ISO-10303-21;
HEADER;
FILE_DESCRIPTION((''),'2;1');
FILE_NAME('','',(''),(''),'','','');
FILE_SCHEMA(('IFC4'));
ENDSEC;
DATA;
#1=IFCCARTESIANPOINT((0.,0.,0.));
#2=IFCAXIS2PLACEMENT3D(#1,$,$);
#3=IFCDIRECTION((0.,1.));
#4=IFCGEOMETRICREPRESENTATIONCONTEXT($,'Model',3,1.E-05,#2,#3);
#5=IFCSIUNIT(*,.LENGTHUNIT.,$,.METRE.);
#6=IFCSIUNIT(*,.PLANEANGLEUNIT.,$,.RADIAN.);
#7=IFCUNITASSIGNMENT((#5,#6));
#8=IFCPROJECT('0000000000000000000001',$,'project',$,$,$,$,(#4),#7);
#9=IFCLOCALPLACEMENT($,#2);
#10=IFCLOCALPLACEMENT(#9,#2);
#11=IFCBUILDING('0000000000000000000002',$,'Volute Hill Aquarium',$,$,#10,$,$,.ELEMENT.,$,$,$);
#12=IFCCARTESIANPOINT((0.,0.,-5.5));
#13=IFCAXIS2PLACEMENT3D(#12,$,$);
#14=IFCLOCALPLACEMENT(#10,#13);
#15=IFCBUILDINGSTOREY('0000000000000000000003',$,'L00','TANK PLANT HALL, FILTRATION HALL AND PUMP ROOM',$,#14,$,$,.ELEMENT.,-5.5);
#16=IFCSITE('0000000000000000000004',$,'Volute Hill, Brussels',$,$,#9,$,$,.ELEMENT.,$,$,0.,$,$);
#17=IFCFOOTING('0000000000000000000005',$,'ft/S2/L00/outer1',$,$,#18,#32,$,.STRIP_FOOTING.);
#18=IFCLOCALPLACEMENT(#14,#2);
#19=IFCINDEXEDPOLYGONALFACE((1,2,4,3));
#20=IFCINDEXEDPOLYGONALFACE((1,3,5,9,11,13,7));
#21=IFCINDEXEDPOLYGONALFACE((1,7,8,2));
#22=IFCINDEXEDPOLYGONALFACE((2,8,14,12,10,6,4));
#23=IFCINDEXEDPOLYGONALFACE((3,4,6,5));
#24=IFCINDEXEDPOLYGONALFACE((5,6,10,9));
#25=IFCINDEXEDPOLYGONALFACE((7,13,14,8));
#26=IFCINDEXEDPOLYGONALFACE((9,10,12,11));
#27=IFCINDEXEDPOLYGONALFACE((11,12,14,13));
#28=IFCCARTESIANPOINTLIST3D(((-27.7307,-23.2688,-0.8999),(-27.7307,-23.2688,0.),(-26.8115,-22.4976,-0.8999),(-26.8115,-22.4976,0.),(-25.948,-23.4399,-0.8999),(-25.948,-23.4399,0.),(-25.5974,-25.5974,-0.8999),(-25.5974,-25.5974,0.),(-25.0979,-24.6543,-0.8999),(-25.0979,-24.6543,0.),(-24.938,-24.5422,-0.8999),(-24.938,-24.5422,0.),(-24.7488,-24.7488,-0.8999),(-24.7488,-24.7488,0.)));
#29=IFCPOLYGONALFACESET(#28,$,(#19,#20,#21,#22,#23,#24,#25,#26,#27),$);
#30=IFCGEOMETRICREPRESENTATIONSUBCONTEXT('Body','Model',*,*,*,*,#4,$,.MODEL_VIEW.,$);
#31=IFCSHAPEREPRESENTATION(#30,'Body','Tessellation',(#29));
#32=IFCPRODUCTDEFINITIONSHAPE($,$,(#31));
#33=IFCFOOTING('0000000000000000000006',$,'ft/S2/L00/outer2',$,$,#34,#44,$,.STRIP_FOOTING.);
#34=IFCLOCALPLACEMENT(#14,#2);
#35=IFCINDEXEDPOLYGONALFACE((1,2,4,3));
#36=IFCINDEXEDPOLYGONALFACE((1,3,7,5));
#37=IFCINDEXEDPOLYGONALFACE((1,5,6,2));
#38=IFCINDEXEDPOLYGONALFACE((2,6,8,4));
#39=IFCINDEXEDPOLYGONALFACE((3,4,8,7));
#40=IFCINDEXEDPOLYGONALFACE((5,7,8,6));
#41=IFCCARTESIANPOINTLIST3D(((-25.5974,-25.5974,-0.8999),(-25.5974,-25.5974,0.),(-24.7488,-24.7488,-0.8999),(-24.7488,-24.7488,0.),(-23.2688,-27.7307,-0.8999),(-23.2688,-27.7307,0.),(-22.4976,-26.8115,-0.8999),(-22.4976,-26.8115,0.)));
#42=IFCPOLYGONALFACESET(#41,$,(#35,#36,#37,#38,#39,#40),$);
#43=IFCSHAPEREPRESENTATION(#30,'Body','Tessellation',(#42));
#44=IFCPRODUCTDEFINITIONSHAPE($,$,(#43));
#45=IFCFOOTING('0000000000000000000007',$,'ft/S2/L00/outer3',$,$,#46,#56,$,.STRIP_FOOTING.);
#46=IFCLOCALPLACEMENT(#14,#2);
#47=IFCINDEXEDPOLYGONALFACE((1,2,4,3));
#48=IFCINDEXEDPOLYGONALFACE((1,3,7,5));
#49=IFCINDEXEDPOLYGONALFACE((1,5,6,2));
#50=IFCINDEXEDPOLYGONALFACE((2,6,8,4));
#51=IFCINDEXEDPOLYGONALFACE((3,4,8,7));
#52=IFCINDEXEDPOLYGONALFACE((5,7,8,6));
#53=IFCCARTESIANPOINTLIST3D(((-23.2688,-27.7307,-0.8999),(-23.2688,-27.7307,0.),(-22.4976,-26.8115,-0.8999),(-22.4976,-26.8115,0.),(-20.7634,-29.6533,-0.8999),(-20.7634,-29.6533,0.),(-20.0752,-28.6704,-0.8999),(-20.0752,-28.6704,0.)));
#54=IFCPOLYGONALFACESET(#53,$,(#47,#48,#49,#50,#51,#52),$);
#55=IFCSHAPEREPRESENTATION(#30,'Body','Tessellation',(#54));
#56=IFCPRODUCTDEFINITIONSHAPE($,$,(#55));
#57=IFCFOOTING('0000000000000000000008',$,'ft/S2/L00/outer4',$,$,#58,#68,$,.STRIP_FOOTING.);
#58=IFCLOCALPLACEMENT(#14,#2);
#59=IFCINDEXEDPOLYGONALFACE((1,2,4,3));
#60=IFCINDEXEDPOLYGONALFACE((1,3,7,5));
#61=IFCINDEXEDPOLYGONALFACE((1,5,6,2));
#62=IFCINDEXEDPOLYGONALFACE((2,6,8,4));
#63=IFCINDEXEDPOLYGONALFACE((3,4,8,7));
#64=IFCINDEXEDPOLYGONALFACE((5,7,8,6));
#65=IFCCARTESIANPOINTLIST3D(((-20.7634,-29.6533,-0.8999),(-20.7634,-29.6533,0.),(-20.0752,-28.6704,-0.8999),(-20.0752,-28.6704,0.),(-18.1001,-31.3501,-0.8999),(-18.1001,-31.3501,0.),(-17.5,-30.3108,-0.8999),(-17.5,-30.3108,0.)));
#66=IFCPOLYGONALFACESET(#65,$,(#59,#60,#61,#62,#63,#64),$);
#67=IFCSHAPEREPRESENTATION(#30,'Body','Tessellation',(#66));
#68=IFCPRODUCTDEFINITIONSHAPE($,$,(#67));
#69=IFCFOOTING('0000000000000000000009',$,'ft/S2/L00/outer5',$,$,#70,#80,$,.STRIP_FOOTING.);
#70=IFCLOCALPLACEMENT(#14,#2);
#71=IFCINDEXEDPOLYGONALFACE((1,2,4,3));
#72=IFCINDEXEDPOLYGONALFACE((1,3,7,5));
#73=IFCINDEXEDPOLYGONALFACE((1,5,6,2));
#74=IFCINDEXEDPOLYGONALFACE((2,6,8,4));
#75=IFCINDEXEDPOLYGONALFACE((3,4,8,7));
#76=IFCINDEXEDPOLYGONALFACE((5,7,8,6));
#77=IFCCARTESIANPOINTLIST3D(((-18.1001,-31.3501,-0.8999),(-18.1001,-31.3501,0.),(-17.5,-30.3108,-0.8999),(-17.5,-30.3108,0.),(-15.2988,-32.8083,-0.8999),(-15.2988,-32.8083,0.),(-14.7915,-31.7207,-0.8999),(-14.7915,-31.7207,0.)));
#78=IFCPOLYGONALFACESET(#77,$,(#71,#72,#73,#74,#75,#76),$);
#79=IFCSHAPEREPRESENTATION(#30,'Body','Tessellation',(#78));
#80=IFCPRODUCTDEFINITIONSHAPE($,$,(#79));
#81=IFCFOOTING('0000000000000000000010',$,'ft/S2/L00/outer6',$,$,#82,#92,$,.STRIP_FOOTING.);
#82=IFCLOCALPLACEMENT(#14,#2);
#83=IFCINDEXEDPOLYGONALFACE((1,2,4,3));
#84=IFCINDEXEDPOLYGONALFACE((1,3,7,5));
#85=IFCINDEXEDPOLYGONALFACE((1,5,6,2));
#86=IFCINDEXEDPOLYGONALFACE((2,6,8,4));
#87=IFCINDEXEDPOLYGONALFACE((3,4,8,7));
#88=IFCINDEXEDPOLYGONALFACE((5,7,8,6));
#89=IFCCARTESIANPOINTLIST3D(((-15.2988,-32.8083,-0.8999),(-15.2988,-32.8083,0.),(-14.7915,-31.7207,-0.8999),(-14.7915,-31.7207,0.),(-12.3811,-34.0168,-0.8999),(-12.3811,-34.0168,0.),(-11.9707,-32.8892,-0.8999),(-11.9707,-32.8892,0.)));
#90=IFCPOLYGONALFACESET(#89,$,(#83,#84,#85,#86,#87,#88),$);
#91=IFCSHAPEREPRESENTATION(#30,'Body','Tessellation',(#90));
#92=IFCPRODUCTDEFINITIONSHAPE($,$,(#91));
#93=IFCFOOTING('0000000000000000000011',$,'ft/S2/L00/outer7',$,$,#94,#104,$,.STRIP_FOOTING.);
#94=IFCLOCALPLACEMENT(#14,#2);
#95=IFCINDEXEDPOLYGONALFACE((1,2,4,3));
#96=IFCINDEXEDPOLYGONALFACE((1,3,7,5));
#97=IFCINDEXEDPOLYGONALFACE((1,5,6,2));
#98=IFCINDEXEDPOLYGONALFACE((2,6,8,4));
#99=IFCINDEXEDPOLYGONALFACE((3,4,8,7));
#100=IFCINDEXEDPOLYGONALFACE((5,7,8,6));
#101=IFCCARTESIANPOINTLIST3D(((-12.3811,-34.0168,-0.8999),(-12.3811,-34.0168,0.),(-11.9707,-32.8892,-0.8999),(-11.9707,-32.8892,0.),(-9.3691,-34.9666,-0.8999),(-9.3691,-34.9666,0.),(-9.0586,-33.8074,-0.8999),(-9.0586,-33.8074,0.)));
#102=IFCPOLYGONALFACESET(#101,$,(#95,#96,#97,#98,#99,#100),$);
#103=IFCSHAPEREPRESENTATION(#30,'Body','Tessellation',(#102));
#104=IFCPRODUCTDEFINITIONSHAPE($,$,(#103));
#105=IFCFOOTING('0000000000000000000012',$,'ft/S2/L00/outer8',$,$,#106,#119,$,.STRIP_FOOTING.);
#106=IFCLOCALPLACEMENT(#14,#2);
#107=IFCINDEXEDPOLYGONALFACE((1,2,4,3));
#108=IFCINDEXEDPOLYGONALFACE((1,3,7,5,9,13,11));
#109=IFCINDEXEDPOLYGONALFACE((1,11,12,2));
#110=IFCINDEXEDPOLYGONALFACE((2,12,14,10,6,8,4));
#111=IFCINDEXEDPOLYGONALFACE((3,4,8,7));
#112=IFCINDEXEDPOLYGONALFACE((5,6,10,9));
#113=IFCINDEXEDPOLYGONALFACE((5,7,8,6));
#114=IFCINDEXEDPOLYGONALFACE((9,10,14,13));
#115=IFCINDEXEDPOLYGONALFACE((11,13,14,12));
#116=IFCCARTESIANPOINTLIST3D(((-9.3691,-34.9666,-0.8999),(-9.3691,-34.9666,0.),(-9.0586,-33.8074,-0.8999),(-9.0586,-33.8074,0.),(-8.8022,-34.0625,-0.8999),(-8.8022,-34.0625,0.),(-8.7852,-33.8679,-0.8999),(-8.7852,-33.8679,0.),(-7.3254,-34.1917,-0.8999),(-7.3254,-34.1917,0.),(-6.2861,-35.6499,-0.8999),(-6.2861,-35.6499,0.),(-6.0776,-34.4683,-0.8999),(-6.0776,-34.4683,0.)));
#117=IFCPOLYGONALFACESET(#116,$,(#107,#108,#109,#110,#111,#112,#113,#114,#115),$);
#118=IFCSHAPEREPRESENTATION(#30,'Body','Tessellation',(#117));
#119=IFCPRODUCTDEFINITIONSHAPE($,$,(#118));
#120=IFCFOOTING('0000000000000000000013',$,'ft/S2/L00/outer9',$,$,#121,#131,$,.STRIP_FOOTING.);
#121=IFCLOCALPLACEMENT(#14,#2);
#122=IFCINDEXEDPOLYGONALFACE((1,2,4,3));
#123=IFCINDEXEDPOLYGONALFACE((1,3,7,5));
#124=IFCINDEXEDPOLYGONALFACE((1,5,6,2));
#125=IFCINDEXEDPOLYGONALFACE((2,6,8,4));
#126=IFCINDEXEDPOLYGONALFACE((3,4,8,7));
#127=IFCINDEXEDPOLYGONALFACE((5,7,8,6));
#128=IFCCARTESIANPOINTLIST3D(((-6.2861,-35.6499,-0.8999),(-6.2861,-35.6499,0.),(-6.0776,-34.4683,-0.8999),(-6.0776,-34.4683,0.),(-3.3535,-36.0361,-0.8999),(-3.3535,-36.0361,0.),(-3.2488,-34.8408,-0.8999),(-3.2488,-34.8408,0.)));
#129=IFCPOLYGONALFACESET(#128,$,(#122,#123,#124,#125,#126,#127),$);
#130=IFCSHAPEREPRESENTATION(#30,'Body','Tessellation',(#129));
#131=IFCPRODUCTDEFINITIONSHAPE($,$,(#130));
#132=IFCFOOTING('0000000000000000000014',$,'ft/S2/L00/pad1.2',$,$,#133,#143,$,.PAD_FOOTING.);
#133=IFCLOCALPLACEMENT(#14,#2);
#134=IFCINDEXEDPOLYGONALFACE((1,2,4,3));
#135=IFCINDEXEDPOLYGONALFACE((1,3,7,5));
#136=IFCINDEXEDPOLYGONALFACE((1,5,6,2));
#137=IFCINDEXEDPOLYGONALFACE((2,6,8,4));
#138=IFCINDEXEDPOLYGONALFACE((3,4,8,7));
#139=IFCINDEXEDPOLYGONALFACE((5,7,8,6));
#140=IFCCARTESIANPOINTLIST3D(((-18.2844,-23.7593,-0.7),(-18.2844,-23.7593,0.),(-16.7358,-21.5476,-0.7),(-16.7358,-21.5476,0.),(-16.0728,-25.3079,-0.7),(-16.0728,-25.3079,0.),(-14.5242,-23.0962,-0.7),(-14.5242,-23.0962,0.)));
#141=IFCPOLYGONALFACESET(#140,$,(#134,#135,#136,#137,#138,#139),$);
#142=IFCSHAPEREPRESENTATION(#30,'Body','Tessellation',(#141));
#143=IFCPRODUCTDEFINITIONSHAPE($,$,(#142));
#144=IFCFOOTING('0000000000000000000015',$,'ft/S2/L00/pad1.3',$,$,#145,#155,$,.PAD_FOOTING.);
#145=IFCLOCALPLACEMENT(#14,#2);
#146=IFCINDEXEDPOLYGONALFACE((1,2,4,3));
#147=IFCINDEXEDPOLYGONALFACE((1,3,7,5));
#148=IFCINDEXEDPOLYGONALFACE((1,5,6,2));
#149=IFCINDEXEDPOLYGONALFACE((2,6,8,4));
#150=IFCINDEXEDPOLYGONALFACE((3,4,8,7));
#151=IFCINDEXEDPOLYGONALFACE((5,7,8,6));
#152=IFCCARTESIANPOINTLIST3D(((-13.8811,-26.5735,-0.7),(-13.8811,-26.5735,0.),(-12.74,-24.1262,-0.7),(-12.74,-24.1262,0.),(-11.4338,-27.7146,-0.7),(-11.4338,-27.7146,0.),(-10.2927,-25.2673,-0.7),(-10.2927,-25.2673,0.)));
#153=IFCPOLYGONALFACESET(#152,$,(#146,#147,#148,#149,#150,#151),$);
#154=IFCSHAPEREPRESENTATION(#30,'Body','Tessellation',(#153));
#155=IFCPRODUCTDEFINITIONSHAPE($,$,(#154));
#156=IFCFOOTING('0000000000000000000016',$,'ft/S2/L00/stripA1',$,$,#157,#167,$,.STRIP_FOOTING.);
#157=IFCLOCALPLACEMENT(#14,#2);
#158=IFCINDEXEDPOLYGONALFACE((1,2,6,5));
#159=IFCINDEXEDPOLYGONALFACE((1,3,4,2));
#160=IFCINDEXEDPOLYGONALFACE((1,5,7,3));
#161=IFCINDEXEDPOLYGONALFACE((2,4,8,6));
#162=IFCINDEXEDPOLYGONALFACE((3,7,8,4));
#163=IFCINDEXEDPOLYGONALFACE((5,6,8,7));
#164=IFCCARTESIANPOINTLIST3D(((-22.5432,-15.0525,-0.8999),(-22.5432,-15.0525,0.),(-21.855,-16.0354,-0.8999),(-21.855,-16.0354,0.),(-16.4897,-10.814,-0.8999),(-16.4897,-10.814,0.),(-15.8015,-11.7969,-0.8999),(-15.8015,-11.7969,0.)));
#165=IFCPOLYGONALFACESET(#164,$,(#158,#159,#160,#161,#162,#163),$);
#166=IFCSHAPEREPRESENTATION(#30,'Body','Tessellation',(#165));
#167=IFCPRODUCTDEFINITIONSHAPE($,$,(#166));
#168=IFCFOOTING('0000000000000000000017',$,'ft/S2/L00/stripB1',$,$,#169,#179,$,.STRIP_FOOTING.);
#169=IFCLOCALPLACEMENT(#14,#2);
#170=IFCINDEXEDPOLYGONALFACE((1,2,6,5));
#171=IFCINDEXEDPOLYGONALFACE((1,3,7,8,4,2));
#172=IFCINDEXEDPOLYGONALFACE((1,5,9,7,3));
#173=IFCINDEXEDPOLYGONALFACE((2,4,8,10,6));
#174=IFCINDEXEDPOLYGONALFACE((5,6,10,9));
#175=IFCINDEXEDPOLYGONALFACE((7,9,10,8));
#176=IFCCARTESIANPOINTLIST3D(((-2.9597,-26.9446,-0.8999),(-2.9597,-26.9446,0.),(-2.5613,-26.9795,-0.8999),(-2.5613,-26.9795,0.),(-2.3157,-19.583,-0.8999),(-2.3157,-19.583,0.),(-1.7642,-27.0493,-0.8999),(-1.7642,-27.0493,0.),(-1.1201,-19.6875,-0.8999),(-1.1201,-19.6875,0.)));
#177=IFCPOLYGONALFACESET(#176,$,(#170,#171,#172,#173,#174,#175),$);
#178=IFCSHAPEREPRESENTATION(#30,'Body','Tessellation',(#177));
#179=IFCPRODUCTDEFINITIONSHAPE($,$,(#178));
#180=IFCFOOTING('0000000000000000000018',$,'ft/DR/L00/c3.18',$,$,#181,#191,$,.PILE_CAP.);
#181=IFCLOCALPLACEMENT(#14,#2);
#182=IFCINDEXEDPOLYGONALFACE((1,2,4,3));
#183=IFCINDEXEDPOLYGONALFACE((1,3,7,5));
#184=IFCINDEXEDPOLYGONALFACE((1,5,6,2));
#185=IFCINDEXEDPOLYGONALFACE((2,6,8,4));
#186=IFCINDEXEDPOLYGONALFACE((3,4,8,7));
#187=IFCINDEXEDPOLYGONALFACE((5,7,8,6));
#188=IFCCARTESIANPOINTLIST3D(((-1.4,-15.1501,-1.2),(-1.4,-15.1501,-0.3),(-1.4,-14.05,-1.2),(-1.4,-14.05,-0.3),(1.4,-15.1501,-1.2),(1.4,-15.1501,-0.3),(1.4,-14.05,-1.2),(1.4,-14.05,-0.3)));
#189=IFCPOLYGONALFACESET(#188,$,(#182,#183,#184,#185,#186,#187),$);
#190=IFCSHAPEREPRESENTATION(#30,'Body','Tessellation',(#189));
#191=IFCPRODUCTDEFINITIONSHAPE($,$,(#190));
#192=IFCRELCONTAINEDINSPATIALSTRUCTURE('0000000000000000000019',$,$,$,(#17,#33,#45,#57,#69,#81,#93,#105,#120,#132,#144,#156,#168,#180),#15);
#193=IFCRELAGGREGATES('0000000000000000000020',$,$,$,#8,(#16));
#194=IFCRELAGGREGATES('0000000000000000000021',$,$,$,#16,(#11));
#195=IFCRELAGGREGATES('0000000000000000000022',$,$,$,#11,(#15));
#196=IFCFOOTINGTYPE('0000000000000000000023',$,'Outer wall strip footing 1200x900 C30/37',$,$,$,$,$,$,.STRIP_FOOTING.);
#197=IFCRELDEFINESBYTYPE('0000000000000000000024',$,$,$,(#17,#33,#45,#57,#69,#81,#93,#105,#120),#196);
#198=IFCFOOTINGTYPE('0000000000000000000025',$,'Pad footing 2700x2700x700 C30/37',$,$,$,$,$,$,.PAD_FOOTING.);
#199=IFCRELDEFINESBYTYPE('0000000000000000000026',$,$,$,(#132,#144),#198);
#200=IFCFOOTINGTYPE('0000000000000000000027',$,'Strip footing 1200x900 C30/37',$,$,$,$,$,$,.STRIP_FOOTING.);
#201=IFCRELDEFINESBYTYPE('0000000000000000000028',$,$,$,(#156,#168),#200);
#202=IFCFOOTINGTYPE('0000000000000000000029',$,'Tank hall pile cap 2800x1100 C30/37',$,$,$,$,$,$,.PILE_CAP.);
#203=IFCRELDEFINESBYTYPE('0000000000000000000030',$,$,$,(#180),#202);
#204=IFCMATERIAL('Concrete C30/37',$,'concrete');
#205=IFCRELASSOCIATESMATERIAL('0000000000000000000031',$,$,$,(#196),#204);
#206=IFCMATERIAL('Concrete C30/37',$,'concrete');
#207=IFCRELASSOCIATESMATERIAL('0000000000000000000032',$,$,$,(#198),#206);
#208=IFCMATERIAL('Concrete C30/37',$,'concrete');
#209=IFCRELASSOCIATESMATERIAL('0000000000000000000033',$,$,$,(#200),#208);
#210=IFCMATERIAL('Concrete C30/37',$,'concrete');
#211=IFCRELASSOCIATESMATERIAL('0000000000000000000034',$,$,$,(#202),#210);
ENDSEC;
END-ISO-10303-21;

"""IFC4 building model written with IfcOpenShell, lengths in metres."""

from ifc_helpers import new_model, si_unit, direction, frame, origin, origin_2d, place, context, subcontext, project, spatial, polyline, rectangle, outline, extrude, material, type_object, element, save


model = new_model("IFC4")

# Units and contexts
model_context = context("Model", 3, precision=1e-05, world=origin(), true_north=direction((0.0, 1.0)))
body_context = subcontext(model_context, "Body", "Model", "MODEL_VIEW")
ifc_project = project(units=[si_unit("LENGTHUNIT", "METRE"), si_unit("PLANEANGLEUNIT", "RADIAN")], contexts=[model_context])

# Site, building, storey
site_placement = place(None, origin())
site = spatial("IfcSite", under=ifc_project, at=site_placement, Name="Volute Hill, Brussels", CompositionType="ELEMENT", RefElevation=0.0)
building_placement = place(site_placement, origin())
building = spatial("IfcBuilding", under=site, at=building_placement, Name="Volute Hill Aquarium", CompositionType="ELEMENT")
storey_placement = place(building_placement, frame((0.0, 0.0, -5.5)))
storey = spatial("IfcBuildingStorey", under=building, at=storey_placement, Name="L00", Description="TANK PLANT HALL, FILTRATION HALL AND PUMP ROOM", CompositionType="ELEMENT", Elevation=-5.5)

# Footings
ifc_material_1 = material(Name="Concrete C30/37", Category="concrete")
footing_type_1 = type_object("IfcFootingType", Name="Outer wall strip footing 1200x900 C30/37", PredefinedType="STRIP_FOOTING", material=ifc_material_1)
footing_1_placement = place(storey_placement, frame((0.0, 0.0, -0.8999)))
element("IfcFooting", 1, at=footing_1_placement, inside=storey, type_object=footing_type_1, Name="ft/S2/L00/outer1", PredefinedType="STRIP_FOOTING", context=body_context, shape_type="SweptSolid", body=[
    extrude(outline(polyline([(-25.5974, -25.5974), (-27.7307, -23.2688), (-26.8115, -22.4976), (-25.948, -23.4399), (-25.0979, -24.6543), (-24.938, -24.5422), (-24.7488, -24.7488), (-25.5974, -25.5974)])), origin(), (0.0, 0.0, 1.0), 0.8999),
])
footing_2_placement = place(storey_placement, frame((0.0, 0.0, -0.8999)))
element("IfcFooting", 2, at=footing_2_placement, inside=storey, type_object=footing_type_1, Name="ft/S2/L00/outer2", PredefinedType="STRIP_FOOTING", context=body_context, shape_type="SweptSolid", body=[
    extrude(outline(polyline([(-23.2688, -27.7307), (-25.5974, -25.5974), (-24.7488, -24.7488), (-22.4976, -26.8115), (-23.2688, -27.7307)])), origin(), (0.0, 0.0, 1.0), 0.8999),
])
footing_3_placement = place(storey_placement, frame((0.0, 0.0, -0.8999)))
element("IfcFooting", 3, at=footing_3_placement, inside=storey, type_object=footing_type_1, Name="ft/S2/L00/outer3", PredefinedType="STRIP_FOOTING", context=body_context, shape_type="SweptSolid", body=[
    extrude(outline(polyline([(-20.7634, -29.6533), (-23.2688, -27.7307), (-22.4976, -26.8115), (-20.0752, -28.6704), (-20.7634, -29.6533)])), origin(), (0.0, 0.0, 1.0), 0.8999),
])
footing_4_placement = place(storey_placement, frame((0.0, 0.0, -0.8999)))
element("IfcFooting", 4, at=footing_4_placement, inside=storey, type_object=footing_type_1, Name="ft/S2/L00/outer4", PredefinedType="STRIP_FOOTING", context=body_context, shape_type="SweptSolid", body=[
    extrude(outline(polyline([(-18.1001, -31.3501), (-20.7634, -29.6533), (-20.0752, -28.6704), (-17.5, -30.3108), (-18.1001, -31.3501)])), origin(), (0.0, 0.0, 1.0), 0.8999),
])
footing_5_placement = place(storey_placement, frame((0.0, 0.0, -0.8999)))
element("IfcFooting", 5, at=footing_5_placement, inside=storey, type_object=footing_type_1, Name="ft/S2/L00/outer5", PredefinedType="STRIP_FOOTING", context=body_context, shape_type="SweptSolid", body=[
    extrude(outline(polyline([(-15.2988, -32.8083), (-18.1001, -31.3501), (-17.5, -30.3108), (-14.7915, -31.7207), (-15.2988, -32.8083)])), origin(), (0.0, 0.0, 1.0), 0.8999),
])
footing_6_placement = place(storey_placement, frame((0.0, 0.0, -0.8999)))
element("IfcFooting", 6, at=footing_6_placement, inside=storey, type_object=footing_type_1, Name="ft/S2/L00/outer6", PredefinedType="STRIP_FOOTING", context=body_context, shape_type="SweptSolid", body=[
    extrude(outline(polyline([(-12.3811, -34.0168), (-15.2988, -32.8083), (-14.7915, -31.7207), (-11.9707, -32.8892), (-12.3811, -34.0168)])), origin(), (0.0, 0.0, 1.0), 0.8999),
])
footing_7_placement = place(storey_placement, frame((0.0, 0.0, -0.8999)))
element("IfcFooting", 7, at=footing_7_placement, inside=storey, type_object=footing_type_1, Name="ft/S2/L00/outer7", PredefinedType="STRIP_FOOTING", context=body_context, shape_type="SweptSolid", body=[
    extrude(outline(polyline([(-9.3691, -34.9666), (-12.3811, -34.0168), (-11.9707, -32.8892), (-9.0586, -33.8074), (-9.3691, -34.9666)])), origin(), (0.0, 0.0, 1.0), 0.8999),
])
footing_8_placement = place(storey_placement, frame((0.0, 0.0, -0.8999)))
element("IfcFooting", 8, at=footing_8_placement, inside=storey, type_object=footing_type_1, Name="ft/S2/L00/outer8", PredefinedType="STRIP_FOOTING", context=body_context, shape_type="SweptSolid", body=[
    extrude(outline(polyline([(-6.2861, -35.6499), (-9.3691, -34.9666), (-9.0586, -33.8074), (-8.7852, -33.8679), (-8.8022, -34.0625), (-7.3254, -34.1917), (-6.0776, -34.4683), (-6.2861, -35.6499)])), origin(), (0.0, 0.0, 1.0), 0.8999),
])
footing_9_placement = place(storey_placement, frame((0.0, 0.0, -0.8999)))
element("IfcFooting", 9, at=footing_9_placement, inside=storey, type_object=footing_type_1, Name="ft/S2/L00/outer9", PredefinedType="STRIP_FOOTING", context=body_context, shape_type="SweptSolid", body=[
    extrude(outline(polyline([(-6.0776, -34.4683), (-3.2488, -34.8408), (-3.3535, -36.0361), (-6.2861, -35.6499), (-6.0776, -34.4683)])), origin(), (0.0, 0.0, 1.0), 0.8999),
])
ifc_material_2 = material(Name="Concrete C30/37", Category="concrete")
footing_type_2 = type_object("IfcFootingType", Name="Pad footing 2700x2700x700 C30/37", PredefinedType="PAD_FOOTING", material=ifc_material_2)
footing_10_placement = place(storey_placement, frame((0.0, 0.0, -0.7)))
element("IfcFooting", 10, at=footing_10_placement, inside=storey, type_object=footing_type_2, Name="ft/S2/L00/pad1.2", PredefinedType="PAD_FOOTING", context=body_context, shape_type="SweptSolid", body=[
    extrude(outline(polyline([(-16.7358, -21.5476), (-18.2844, -23.7593), (-16.0728, -25.3079), (-14.5242, -23.0962), (-16.7358, -21.5476)])), origin(), (0.0, 0.0, 1.0), 0.7),
])
footing_11_placement = place(storey_placement, frame((0.0, 0.0, -0.7)))
element("IfcFooting", 11, at=footing_11_placement, inside=storey, type_object=footing_type_2, Name="ft/S2/L00/pad1.3", PredefinedType="PAD_FOOTING", context=body_context, shape_type="SweptSolid", body=[
    extrude(outline(polyline([(-12.74, -24.1262), (-13.8811, -26.5735), (-11.4338, -27.7146), (-10.2927, -25.2673), (-12.74, -24.1262)])), origin(), (0.0, 0.0, 1.0), 0.7),
])
ifc_material_3 = material(Name="Concrete C30/37", Category="concrete")
footing_type_3 = type_object("IfcFootingType", Name="Strip footing 1200x900 C30/37", PredefinedType="STRIP_FOOTING", material=ifc_material_3)
footing_12_placement = place(storey_placement, frame((0.0, 0.0, -0.8999)))
element("IfcFooting", 12, at=footing_12_placement, inside=storey, type_object=footing_type_3, Name="ft/S2/L00/stripA1", PredefinedType="STRIP_FOOTING", context=body_context, shape_type="SweptSolid", body=[
    extrude(outline(polyline([(-21.855, -16.0354), (-22.5432, -15.0525), (-16.4897, -10.814), (-15.8015, -11.7969), (-21.855, -16.0354)])), origin(), (0.0, 0.0, 1.0), 0.8999),
])
footing_13_placement = place(storey_placement, frame((0.0, 0.0, -0.8999)))
element("IfcFooting", 13, at=footing_13_placement, inside=storey, type_object=footing_type_3, Name="ft/S2/L00/stripB1", PredefinedType="STRIP_FOOTING", context=body_context, shape_type="SweptSolid", body=[
    extrude(outline(polyline([(-1.7642, -27.0493), (-2.5613, -26.9795), (-2.5613, -26.9795), (-2.9597, -26.9446), (-2.3157, -19.583), (-1.1201, -19.6875), (-1.7642, -27.0493)])), origin(), (0.0, 0.0, 1.0), 0.8999),
])
ifc_material_4 = material(Name="Concrete C30/37", Category="concrete")
footing_type_4 = type_object("IfcFootingType", Name="Tank hall pile cap 2800x1100 C30/37", PredefinedType="PILE_CAP", material=ifc_material_4)
footing_14_placement = place(storey_placement, frame((0.0, -14.6001, -1.2), z_axis=(0.0, 0.0, 1.0), x_axis=(1.0, 0.0, 0.0)))
element("IfcFooting", 14, at=footing_14_placement, inside=storey, type_object=footing_type_4, Name="ft/DR/L00/c3.18", PredefinedType="PILE_CAP", context=body_context, shape_type="SweptSolid", body=[
    extrude(rectangle(XDim=2.8, YDim=1.1001, at=origin_2d()), origin(), (0.0, 0.0, 1.0), 0.8999),
])

save(model, "model.ifc")
